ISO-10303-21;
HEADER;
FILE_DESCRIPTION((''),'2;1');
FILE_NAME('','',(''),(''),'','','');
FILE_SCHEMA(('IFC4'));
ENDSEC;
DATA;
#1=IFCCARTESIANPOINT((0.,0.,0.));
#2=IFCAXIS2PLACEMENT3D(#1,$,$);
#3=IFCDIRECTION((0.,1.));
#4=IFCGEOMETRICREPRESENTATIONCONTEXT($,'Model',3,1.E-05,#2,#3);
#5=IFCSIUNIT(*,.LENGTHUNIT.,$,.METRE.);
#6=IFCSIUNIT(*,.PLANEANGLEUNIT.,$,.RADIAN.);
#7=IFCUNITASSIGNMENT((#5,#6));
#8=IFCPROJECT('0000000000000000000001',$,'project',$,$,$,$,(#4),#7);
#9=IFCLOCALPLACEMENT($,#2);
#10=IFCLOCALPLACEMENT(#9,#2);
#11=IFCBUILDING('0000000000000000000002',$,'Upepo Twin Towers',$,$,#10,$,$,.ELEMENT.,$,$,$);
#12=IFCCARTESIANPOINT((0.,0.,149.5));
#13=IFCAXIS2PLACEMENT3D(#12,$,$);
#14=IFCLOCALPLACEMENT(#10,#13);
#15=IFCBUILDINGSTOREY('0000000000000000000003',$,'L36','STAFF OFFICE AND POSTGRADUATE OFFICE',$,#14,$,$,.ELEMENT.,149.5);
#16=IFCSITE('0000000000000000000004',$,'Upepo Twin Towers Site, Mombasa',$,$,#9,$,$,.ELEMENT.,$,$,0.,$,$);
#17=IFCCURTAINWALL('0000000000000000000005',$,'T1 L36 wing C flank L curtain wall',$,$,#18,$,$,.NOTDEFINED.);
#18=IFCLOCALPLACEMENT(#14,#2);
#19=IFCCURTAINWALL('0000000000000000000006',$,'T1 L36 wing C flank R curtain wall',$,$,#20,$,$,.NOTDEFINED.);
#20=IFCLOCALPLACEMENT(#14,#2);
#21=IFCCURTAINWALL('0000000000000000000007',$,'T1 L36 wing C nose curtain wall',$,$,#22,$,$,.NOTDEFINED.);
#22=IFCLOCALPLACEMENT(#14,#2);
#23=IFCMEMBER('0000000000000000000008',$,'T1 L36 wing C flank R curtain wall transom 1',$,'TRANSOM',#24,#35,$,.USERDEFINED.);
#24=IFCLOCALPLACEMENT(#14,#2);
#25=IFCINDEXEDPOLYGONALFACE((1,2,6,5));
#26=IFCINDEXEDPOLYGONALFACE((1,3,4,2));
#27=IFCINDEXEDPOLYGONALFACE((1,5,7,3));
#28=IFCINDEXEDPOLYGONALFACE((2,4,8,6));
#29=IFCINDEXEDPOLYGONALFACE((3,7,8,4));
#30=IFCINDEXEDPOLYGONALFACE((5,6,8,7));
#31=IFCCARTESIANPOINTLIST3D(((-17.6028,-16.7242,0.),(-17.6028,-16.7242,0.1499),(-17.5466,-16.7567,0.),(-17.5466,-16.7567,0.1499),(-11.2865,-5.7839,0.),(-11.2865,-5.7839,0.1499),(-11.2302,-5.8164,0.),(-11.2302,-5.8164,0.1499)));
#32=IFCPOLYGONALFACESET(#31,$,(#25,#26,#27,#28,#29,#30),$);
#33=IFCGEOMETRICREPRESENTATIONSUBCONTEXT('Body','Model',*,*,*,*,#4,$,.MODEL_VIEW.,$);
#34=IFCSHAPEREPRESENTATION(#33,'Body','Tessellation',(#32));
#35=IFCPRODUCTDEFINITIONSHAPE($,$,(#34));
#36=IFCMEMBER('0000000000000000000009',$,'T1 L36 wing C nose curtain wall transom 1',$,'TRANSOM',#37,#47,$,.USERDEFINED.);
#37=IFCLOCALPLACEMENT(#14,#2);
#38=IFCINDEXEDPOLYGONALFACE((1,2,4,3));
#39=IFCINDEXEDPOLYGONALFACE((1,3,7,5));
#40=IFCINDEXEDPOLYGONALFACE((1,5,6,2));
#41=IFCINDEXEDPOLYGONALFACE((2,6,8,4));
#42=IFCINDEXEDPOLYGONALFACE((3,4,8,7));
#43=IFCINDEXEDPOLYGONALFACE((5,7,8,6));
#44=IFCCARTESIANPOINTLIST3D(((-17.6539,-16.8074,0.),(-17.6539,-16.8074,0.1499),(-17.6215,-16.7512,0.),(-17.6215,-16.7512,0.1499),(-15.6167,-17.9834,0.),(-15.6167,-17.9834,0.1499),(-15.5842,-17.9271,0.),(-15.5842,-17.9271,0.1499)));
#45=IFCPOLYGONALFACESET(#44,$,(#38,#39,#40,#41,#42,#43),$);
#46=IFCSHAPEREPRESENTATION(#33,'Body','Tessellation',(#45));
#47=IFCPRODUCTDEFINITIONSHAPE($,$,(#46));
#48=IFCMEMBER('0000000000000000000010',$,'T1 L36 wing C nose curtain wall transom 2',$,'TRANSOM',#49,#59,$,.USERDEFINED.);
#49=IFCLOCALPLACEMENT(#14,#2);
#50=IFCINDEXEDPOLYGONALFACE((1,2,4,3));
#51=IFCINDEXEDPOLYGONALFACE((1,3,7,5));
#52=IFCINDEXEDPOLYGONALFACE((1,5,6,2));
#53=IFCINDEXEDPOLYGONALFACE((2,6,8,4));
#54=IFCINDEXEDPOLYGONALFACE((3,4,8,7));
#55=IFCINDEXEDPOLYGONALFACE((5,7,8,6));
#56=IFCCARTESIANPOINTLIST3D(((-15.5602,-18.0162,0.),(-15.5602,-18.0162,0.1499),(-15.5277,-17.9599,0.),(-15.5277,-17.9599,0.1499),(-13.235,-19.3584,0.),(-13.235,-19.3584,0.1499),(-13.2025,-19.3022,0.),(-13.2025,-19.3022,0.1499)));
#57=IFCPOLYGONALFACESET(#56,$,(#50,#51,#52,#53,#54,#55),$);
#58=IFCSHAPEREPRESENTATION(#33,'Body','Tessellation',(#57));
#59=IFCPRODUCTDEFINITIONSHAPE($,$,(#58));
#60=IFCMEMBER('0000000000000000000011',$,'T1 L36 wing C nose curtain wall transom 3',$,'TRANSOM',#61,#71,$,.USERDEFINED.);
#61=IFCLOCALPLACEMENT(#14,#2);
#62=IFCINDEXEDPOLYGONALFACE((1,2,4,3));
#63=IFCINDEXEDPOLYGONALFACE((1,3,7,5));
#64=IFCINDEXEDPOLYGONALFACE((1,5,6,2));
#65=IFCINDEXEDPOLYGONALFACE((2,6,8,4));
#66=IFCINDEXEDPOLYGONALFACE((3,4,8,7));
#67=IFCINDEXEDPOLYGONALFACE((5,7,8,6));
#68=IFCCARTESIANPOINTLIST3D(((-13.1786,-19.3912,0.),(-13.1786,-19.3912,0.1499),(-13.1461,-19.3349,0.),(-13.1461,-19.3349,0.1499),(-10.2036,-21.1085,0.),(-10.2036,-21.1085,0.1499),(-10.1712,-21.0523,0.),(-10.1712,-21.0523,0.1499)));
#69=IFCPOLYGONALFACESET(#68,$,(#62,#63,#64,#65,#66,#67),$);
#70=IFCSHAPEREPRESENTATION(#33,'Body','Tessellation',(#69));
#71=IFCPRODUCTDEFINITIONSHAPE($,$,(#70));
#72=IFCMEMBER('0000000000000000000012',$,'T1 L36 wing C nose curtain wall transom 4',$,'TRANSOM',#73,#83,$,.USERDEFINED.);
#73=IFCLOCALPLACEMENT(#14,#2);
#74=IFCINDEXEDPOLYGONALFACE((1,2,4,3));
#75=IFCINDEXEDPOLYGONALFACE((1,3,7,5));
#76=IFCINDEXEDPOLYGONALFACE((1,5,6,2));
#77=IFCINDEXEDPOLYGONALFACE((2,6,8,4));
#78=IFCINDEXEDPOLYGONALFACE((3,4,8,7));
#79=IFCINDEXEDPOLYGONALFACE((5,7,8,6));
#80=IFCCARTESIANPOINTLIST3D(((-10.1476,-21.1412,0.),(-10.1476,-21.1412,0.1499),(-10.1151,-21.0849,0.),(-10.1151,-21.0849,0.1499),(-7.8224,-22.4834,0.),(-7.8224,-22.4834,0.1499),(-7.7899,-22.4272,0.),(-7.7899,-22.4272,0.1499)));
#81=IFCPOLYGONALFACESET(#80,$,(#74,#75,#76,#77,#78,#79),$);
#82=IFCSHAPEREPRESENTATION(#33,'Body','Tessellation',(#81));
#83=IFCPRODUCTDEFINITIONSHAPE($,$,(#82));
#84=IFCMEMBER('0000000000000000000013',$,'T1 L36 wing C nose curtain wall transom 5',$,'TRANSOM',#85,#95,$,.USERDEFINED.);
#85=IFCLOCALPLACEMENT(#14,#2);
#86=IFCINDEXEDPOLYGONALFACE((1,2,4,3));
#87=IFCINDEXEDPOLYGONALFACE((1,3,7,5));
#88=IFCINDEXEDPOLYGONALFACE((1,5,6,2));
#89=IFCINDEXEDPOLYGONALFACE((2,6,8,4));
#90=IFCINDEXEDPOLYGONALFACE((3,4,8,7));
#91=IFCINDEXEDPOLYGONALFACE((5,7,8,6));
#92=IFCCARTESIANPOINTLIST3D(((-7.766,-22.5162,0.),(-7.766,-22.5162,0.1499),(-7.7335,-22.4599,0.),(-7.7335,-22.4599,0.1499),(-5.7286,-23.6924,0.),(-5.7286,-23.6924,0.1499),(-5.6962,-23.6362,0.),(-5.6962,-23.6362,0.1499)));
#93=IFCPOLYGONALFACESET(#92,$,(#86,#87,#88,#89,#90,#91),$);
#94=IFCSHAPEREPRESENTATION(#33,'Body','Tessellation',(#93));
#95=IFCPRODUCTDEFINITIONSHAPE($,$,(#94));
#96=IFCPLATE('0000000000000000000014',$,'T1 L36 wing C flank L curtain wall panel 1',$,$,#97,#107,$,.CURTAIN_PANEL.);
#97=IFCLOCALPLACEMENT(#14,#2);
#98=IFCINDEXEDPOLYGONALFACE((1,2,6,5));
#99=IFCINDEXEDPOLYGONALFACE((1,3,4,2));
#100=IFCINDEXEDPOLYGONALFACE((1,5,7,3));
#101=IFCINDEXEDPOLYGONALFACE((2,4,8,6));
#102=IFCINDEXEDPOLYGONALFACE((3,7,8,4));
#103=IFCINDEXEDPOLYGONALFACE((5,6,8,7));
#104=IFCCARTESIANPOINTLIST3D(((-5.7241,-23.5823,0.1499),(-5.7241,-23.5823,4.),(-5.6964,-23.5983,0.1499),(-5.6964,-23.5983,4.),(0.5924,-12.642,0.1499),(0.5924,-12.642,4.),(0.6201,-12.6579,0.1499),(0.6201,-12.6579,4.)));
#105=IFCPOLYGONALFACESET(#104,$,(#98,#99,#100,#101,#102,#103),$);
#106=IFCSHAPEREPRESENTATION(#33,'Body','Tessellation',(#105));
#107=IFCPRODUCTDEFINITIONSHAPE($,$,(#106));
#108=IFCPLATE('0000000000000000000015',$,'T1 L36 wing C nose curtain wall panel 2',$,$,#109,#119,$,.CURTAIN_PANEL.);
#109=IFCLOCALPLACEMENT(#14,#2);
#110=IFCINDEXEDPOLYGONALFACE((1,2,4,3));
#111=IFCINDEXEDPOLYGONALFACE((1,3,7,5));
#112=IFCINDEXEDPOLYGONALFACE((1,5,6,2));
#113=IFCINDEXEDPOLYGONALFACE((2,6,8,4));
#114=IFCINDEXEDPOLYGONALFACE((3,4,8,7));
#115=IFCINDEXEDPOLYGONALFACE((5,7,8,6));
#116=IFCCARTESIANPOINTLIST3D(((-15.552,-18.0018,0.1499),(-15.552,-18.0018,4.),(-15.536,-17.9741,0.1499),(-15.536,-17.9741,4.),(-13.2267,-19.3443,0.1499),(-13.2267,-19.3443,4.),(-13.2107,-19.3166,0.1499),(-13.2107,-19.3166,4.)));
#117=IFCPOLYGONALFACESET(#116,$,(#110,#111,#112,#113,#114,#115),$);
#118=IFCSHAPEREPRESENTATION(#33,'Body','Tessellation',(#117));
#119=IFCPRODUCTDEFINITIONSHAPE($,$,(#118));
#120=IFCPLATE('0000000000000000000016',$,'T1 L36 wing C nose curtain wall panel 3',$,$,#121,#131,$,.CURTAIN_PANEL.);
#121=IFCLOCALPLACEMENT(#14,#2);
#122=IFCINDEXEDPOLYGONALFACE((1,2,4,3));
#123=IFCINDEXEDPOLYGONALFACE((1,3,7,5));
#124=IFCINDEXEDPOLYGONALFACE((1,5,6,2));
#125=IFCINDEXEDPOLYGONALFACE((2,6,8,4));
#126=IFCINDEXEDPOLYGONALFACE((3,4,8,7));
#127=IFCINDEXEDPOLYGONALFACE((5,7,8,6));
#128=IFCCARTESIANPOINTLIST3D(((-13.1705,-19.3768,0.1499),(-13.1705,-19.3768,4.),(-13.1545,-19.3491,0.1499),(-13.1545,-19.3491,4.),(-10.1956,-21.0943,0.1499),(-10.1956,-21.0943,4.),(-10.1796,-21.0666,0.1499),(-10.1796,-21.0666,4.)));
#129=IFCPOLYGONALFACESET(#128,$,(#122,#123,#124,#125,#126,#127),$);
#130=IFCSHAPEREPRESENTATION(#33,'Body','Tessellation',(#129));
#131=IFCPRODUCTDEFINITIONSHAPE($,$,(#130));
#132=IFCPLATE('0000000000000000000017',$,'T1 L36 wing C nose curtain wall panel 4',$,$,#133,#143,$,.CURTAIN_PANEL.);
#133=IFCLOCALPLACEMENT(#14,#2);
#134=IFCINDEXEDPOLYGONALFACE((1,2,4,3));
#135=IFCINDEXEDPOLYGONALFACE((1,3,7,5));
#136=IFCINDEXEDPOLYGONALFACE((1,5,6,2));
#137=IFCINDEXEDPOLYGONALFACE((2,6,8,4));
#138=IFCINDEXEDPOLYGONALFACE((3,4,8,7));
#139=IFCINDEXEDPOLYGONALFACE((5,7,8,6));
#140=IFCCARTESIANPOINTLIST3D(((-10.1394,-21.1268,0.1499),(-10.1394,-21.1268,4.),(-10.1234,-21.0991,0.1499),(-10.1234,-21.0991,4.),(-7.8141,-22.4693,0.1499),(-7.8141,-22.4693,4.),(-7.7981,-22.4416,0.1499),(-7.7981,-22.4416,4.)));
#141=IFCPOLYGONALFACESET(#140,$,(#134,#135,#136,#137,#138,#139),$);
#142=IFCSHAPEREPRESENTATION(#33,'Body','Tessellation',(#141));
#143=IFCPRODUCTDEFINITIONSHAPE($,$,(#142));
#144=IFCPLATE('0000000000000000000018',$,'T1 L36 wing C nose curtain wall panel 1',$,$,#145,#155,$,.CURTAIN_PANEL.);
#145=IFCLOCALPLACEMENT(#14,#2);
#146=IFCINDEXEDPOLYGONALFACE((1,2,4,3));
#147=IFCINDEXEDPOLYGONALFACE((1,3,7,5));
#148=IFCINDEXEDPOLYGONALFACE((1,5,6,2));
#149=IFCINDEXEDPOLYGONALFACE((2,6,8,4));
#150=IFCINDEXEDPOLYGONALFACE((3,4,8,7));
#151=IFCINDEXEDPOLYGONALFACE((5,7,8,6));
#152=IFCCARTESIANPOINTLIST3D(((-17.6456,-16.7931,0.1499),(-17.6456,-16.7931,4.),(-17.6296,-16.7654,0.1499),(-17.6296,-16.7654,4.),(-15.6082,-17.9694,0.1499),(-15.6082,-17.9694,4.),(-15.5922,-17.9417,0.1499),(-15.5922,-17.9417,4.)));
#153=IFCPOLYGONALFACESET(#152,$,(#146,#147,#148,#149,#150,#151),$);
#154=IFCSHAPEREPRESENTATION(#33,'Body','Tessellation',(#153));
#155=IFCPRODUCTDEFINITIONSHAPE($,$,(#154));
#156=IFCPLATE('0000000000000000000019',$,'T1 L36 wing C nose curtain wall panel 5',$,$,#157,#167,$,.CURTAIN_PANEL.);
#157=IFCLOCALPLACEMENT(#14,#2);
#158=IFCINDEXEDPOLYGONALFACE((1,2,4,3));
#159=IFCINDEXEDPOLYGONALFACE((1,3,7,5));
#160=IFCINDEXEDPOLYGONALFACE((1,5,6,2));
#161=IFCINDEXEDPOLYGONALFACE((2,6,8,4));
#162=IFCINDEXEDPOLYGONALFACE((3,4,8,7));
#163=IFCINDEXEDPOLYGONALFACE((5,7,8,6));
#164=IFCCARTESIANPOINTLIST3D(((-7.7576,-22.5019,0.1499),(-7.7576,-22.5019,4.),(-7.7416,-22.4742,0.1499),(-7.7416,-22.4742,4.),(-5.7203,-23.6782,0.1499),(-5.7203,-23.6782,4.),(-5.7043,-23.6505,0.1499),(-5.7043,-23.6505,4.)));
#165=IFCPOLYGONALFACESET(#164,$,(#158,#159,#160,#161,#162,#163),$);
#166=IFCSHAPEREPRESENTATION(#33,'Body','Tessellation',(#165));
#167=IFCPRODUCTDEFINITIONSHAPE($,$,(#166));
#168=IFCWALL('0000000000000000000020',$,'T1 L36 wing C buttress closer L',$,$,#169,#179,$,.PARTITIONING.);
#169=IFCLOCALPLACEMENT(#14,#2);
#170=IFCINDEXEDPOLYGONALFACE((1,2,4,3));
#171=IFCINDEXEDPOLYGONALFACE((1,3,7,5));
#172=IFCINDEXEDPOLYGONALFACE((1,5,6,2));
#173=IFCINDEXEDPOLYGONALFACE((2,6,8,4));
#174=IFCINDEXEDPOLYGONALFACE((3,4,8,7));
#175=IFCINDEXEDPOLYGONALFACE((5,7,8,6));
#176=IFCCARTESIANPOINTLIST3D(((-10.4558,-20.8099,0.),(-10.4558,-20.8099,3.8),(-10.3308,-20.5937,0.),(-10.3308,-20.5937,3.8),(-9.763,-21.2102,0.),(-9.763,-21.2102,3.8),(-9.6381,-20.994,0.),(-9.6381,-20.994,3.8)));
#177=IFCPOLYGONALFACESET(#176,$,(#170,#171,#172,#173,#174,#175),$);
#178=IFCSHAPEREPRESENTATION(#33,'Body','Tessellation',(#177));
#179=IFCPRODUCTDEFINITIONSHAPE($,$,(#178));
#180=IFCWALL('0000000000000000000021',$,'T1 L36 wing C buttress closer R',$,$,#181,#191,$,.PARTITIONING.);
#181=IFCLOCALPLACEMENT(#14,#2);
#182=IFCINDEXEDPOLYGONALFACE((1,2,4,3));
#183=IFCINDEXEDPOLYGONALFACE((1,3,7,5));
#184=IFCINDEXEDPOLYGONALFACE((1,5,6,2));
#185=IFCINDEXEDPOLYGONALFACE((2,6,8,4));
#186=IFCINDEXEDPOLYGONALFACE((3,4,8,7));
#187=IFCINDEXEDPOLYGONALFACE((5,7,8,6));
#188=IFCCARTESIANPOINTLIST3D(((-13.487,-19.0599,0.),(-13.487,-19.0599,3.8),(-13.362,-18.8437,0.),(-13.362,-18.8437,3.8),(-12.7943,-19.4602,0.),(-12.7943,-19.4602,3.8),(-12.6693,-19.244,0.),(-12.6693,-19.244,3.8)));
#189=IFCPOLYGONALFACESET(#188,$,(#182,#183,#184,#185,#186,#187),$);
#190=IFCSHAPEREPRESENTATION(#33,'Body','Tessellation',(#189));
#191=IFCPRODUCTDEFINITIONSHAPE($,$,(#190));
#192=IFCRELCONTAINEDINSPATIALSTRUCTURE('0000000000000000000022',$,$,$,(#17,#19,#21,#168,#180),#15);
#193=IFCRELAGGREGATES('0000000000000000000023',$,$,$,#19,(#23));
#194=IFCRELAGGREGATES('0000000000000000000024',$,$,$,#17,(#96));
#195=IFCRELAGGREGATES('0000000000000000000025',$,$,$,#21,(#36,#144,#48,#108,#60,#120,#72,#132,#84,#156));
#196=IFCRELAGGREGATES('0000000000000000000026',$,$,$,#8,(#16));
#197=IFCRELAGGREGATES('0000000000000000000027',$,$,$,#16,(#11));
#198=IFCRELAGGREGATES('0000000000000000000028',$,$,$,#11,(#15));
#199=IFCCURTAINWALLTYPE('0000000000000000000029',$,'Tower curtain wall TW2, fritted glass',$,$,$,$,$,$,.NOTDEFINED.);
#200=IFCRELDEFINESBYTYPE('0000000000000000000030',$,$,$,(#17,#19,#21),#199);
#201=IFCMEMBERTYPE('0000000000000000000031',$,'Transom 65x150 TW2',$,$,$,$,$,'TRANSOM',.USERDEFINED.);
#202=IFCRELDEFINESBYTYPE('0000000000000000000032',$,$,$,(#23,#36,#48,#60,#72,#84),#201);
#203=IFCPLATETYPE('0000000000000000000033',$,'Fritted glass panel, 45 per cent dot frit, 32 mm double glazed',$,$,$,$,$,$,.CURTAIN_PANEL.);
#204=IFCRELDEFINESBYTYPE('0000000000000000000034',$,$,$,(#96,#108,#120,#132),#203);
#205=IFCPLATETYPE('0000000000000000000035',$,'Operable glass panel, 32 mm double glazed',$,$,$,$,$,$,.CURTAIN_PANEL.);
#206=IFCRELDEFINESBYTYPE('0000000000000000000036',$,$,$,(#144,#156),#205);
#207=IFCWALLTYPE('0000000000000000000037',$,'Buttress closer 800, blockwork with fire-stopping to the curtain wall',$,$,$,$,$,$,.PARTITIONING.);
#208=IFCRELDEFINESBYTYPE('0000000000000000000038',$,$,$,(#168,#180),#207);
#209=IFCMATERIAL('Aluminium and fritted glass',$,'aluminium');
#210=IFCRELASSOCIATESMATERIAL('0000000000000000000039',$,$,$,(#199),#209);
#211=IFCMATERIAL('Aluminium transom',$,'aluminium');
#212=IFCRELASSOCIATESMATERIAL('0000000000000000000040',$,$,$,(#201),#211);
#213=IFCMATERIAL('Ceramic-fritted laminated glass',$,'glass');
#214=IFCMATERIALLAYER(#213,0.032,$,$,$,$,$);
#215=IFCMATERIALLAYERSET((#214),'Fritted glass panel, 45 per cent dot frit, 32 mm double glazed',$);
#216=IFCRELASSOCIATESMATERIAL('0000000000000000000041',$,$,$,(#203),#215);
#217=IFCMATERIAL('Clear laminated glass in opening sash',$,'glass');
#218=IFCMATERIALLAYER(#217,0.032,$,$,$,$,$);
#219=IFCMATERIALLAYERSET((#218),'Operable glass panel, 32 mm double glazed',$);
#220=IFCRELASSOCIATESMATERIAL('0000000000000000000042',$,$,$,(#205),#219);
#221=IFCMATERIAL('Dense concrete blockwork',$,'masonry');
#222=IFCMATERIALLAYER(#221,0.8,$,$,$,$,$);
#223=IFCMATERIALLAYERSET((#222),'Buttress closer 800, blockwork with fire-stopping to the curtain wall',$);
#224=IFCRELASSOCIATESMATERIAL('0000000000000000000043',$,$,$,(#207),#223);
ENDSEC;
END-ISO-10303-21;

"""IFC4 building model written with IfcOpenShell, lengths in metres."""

from ifc_helpers import new_model, si_unit, direction, frame, frame_2d, origin, origin_2d, place, context, subcontext, project, spatial, rectangle, extrude, material, layer, layer_set, material_profile, profile_set, type_object, element, aggregate, save


model = new_model("IFC4")

# Units and contexts
model_context = context("Model", 3, precision=1e-05, world=origin(), true_north=direction((0.0, 1.0)))
body_context = subcontext(model_context, "Body", "Model", "MODEL_VIEW")
ifc_project = project(units=[si_unit("LENGTHUNIT", "METRE"), si_unit("PLANEANGLEUNIT", "RADIAN")], contexts=[model_context])

# Site, building, storey
site_placement = place(None, origin())
site = spatial("IfcSite", under=ifc_project, at=site_placement, Name="Upepo Twin Towers Site, Mombasa", CompositionType="ELEMENT", RefElevation=0.0)
building_placement = place(site_placement, origin())
building = spatial("IfcBuilding", under=site, at=building_placement, Name="Upepo Twin Towers", CompositionType="ELEMENT")
storey_placement = place(building_placement, frame((0.0, 0.0, 149.5)))
storey = spatial("IfcBuildingStorey", under=building, at=storey_placement, Name="L36", Description="STAFF OFFICE AND POSTGRADUATE OFFICE", CompositionType="ELEMENT", Elevation=149.5)

# Curtain walls
ifc_material_1 = material(Name="Aluminium and fritted glass", Category="aluminium")
curtain_wall_type = type_object("IfcCurtainWallType", Name="Tower curtain wall TW2, fritted glass", PredefinedType="NOTDEFINED", material=ifc_material_1)
curtain_wall_1_placement = place(storey_placement, origin())
curtain_wall_1 = element("IfcCurtainWall", 1, at=curtain_wall_1_placement, inside=storey, type_object=curtain_wall_type, Name="T1 L36 wing C flank L curtain wall", PredefinedType="NOTDEFINED")
curtain_wall_2_placement = place(storey_placement, origin())
curtain_wall_2 = element("IfcCurtainWall", 2, at=curtain_wall_2_placement, inside=storey, type_object=curtain_wall_type, Name="T1 L36 wing C flank R curtain wall", PredefinedType="NOTDEFINED")

# Curtain wall
curtain_wall_3_placement = place(storey_placement, origin())
curtain_wall_3 = element("IfcCurtainWall", 3, at=curtain_wall_3_placement, inside=storey, type_object=curtain_wall_type, Name="T1 L36 wing C nose curtain wall", PredefinedType="NOTDEFINED")

# Members
ifc_material_2 = material(Name="Aluminium transom", Category="aluminium")
ifc_material_profile_1 = material_profile(ifc_material_2, rectangle(XDim=0.0649, YDim=0.1499, at=origin_2d()), Name="TRANSOM 65x150")
ifc_profile_set_1 = profile_set([ifc_material_profile_1], Name="Aluminium transom")
member_type_1 = type_object("IfcMemberType", Name="Transom 65x150 TW2", ElementType="TRANSOM", PredefinedType="USERDEFINED", material=ifc_profile_set_1)
member_1_placement = place(storey_placement, frame((-17.5747, -16.7405, 0.075), z_axis=(0.499997, 0.866027, 0.0), x_axis=(-0.866027, 0.499997, 0.0)))
member_1 = element("IfcMember", 4, at=member_1_placement, type_object=member_type_1, Name="T1 L36 wing C flank R curtain wall transom 1", ObjectType="TRANSOM", PredefinedType="USERDEFINED", context=body_context, shape_type="SweptSolid", body=[
    extrude(rectangle(XDim=0.0649, YDim=0.1499, at=origin_2d()), origin(), (0.0, 0.0, 1.0), 12.6328),
])
aggregate(curtain_wall_2, [member_1])
member_2_placement = place(storey_placement, frame((-17.6377, -16.7793, 0.075), z_axis=(0.86607, -0.499923, 0.0), x_axis=(0.499923, 0.86607, 0.0)))
member_2 = element("IfcMember", 5, at=member_2_placement, type_object=member_type_1, Name="T1 L36 wing C nose curtain wall transom 1", ObjectType="TRANSOM", PredefinedType="USERDEFINED", context=body_context, shape_type="SweptSolid", body=[
    extrude(rectangle(XDim=0.0649, YDim=0.1499, at=origin_2d()), origin(), (0.0, 0.0, 1.0), 2.3523),
])
member_3_placement = place(storey_placement, frame((-15.5439, -17.988, 0.075), z_axis=(0.866052, -0.499953, 0.0), x_axis=(0.499953, 0.866052, 0.0)))
member_3 = element("IfcMember", 6, at=member_3_placement, type_object=member_type_1, Name="T1 L36 wing C nose curtain wall transom 2", ObjectType="TRANSOM", PredefinedType="USERDEFINED", context=body_context, shape_type="SweptSolid", body=[
    extrude(rectangle(XDim=0.0649, YDim=0.1499, at=origin_2d()), origin(), (0.0, 0.0, 1.0), 2.6848),
])
member_4_placement = place(storey_placement, frame((-13.1624, -19.363, 0.075), z_axis=(0.866057, -0.499946, 0.0), x_axis=(0.499946, 0.866057, 0.0)))
member_4 = element("IfcMember", 7, at=member_4_placement, type_object=member_type_1, Name="T1 L36 wing C nose curtain wall transom 3", ObjectType="TRANSOM", PredefinedType="USERDEFINED", context=body_context, shape_type="SweptSolid", body=[
    extrude(rectangle(XDim=0.0649, YDim=0.1499, at=origin_2d()), origin(), (0.0, 0.0, 1.0), 3.4351),
])
member_5_placement = place(storey_placement, frame((-10.1313, -21.113, 0.075), z_axis=(0.866052, -0.499953, 0.0), x_axis=(0.499953, 0.866052, 0.0)))
member_5 = element("IfcMember", 8, at=member_5_placement, type_object=member_type_1, Name="T1 L36 wing C nose curtain wall transom 4", ObjectType="TRANSOM", PredefinedType="USERDEFINED", context=body_context, shape_type="SweptSolid", body=[
    extrude(rectangle(XDim=0.0649, YDim=0.1499, at=origin_2d()), origin(), (0.0, 0.0, 1.0), 2.6848),
])
member_6_placement = place(storey_placement, frame((-7.7498, -22.488, 0.075), z_axis=(0.866025, -0.500001, 0.0), x_axis=(0.500001, 0.866025, 0.0)))
member_6 = element("IfcMember", 9, at=member_6_placement, type_object=member_type_1, Name="T1 L36 wing C nose curtain wall transom 5", ObjectType="TRANSOM", PredefinedType="USERDEFINED", context=body_context, shape_type="SweptSolid", body=[
    extrude(rectangle(XDim=0.0649, YDim=0.1499, at=origin_2d()), origin(), (0.0, 0.0, 1.0), 2.3525),
])

# Plates
ifc_material_3 = material(Name="Ceramic-fritted laminated glass", Category="glass")
ifc_layer_1 = layer(ifc_material_3, 0.032)
ifc_layer_set_1 = layer_set([ifc_layer_1], Name="Fritted glass panel, 45 per cent dot frit, 32 mm double glazed")
plate_type_1 = type_object("IfcPlateType", Name="Fritted glass panel, 45 per cent dot frit, 32 mm double glazed", PredefinedType="CURTAIN_PANEL", material=ifc_layer_set_1)
plate_1_placement = place(storey_placement, frame((-2.552, -18.1201, 0.1499), z_axis=(0.0, 0.0, 1.0), x_axis=(-0.5, -0.866025, 0.0)))
plate_1 = element("IfcPlate", 10, at=plate_1_placement, type_object=plate_type_1, Name="T1 L36 wing C flank L curtain wall panel 1", PredefinedType="CURTAIN_PANEL", context=body_context, shape_type="SweptSolid", body=[
    extrude(rectangle(XDim=12.6328, YDim=0.032, at=origin_2d()), origin(), (0.0, 0.0, 1.0), 3.8501),
])
aggregate(curtain_wall_1, [plate_1])
plate_2_placement = place(storey_placement, frame((-14.3813, -18.6592, 0.1499), z_axis=(0.0, 0.0, 1.0), x_axis=(0.866025, -0.5, 0.0)))
plate_2 = element("IfcPlate", 11, at=plate_2_placement, type_object=plate_type_1, Name="T1 L36 wing C nose curtain wall panel 2", PredefinedType="CURTAIN_PANEL", context=body_context, shape_type="SweptSolid", body=[
    extrude(rectangle(XDim=2.6851, YDim=0.032, at=origin_2d()), origin(), (0.0, 0.0, 1.0), 3.8501),
])
plate_3_placement = place(storey_placement, frame((-11.675, -20.2217, 0.1499), z_axis=(0.0, 0.0, 1.0), x_axis=(0.866025, -0.5, 0.0)))
plate_3 = element("IfcPlate", 12, at=plate_3_placement, type_object=plate_type_1, Name="T1 L36 wing C nose curtain wall panel 3", PredefinedType="CURTAIN_PANEL", context=body_context, shape_type="SweptSolid", body=[
    extrude(rectangle(XDim=3.4351, YDim=0.032, at=origin_2d()), origin(), (0.0, 0.0, 1.0), 3.8501),
])
plate_4_placement = place(storey_placement, frame((-8.9688, -21.7842, 0.1499), z_axis=(0.0, 0.0, 1.0), x_axis=(0.866025, -0.5, 0.0)))
plate_4 = element("IfcPlate", 13, at=plate_4_placement, type_object=plate_type_1, Name="T1 L36 wing C nose curtain wall panel 4", PredefinedType="CURTAIN_PANEL", context=body_context, shape_type="SweptSolid", body=[
    extrude(rectangle(XDim=2.6851, YDim=0.032, at=origin_2d()), origin(), (0.0, 0.0, 1.0), 3.8501),
])
ifc_material_4 = material(Name="Clear laminated glass in opening sash", Category="glass")
ifc_layer_2 = layer(ifc_material_4, 0.032)
ifc_layer_set_2 = layer_set([ifc_layer_2], Name="Operable glass panel, 32 mm double glazed")
plate_type_2 = type_object("IfcPlateType", Name="Operable glass panel, 32 mm double glazed", PredefinedType="CURTAIN_PANEL", material=ifc_layer_set_2)
plate_5_placement = place(storey_placement, frame((-16.6189, -17.3674, 0.1499), z_axis=(0.0, 0.0, 1.0), x_axis=(0.866025, -0.5, 0.0)))
plate_5 = element("IfcPlate", 14, at=plate_5_placement, type_object=plate_type_2, Name="T1 L36 wing C nose curtain wall panel 1", PredefinedType="CURTAIN_PANEL", context=body_context, shape_type="SweptSolid", body=[
    extrude(rectangle(XDim=2.3525, YDim=0.032, at=origin_2d()), origin(), (0.0, 0.0, 1.0), 3.8501),
])
plate_6_placement = place(storey_placement, frame((-6.731, -23.0762, 0.1499), z_axis=(0.0, 0.0, 1.0), x_axis=(0.866025, -0.5, 0.0)))
plate_6 = element("IfcPlate", 15, at=plate_6_placement, type_object=plate_type_2, Name="T1 L36 wing C nose curtain wall panel 5", PredefinedType="CURTAIN_PANEL", context=body_context, shape_type="SweptSolid", body=[
    extrude(rectangle(XDim=2.3525, YDim=0.032, at=origin_2d()), origin(), (0.0, 0.0, 1.0), 3.8501),
])
aggregate(curtain_wall_3, [member_2, plate_5, member_3, plate_2, member_4, plate_3, member_5, plate_4, member_6, plate_6])

# Walls
ifc_material_5 = material(Name="Dense concrete blockwork", Category="masonry")
ifc_layer_3 = layer(ifc_material_5, 0.8)
ifc_layer_set_3 = layer_set([ifc_layer_3], Name="Buttress closer 800, blockwork with fire-stopping to the curtain wall")
wall_type = type_object("IfcWallType", Name="Buttress closer 800, blockwork with fire-stopping to the curtain wall", PredefinedType="PARTITIONING", material=ifc_layer_set_3)
for number, where, z_axis, x_axis, name in (
    (16, (-9.9844, -20.7937, 0.0), (0.0, 0.0, 1.0), (-0.500343, -0.865827, 0.0), "T1 L36 wing C buttress closer L"),
    (17, (-13.0156, -19.0437, 0.0), (0.0, 0.0, 1.0), (-0.500343, -0.865827, 0.0), "T1 L36 wing C buttress closer R"),
):
    element("IfcWall", number, at=place(storey_placement, frame(where, z_axis=z_axis, x_axis=x_axis)), inside=storey, type_object=wall_type, Name=name, PredefinedType="PARTITIONING", context=body_context, shape_type="SweptSolid", body=[
        extrude(rectangle(XDim=0.2498, YDim=0.8, at=frame_2d((0.125, 0.0))), origin(), (0.0, 0.0, 1.0), 3.8),
    ])

save(model, "model.ifc")
